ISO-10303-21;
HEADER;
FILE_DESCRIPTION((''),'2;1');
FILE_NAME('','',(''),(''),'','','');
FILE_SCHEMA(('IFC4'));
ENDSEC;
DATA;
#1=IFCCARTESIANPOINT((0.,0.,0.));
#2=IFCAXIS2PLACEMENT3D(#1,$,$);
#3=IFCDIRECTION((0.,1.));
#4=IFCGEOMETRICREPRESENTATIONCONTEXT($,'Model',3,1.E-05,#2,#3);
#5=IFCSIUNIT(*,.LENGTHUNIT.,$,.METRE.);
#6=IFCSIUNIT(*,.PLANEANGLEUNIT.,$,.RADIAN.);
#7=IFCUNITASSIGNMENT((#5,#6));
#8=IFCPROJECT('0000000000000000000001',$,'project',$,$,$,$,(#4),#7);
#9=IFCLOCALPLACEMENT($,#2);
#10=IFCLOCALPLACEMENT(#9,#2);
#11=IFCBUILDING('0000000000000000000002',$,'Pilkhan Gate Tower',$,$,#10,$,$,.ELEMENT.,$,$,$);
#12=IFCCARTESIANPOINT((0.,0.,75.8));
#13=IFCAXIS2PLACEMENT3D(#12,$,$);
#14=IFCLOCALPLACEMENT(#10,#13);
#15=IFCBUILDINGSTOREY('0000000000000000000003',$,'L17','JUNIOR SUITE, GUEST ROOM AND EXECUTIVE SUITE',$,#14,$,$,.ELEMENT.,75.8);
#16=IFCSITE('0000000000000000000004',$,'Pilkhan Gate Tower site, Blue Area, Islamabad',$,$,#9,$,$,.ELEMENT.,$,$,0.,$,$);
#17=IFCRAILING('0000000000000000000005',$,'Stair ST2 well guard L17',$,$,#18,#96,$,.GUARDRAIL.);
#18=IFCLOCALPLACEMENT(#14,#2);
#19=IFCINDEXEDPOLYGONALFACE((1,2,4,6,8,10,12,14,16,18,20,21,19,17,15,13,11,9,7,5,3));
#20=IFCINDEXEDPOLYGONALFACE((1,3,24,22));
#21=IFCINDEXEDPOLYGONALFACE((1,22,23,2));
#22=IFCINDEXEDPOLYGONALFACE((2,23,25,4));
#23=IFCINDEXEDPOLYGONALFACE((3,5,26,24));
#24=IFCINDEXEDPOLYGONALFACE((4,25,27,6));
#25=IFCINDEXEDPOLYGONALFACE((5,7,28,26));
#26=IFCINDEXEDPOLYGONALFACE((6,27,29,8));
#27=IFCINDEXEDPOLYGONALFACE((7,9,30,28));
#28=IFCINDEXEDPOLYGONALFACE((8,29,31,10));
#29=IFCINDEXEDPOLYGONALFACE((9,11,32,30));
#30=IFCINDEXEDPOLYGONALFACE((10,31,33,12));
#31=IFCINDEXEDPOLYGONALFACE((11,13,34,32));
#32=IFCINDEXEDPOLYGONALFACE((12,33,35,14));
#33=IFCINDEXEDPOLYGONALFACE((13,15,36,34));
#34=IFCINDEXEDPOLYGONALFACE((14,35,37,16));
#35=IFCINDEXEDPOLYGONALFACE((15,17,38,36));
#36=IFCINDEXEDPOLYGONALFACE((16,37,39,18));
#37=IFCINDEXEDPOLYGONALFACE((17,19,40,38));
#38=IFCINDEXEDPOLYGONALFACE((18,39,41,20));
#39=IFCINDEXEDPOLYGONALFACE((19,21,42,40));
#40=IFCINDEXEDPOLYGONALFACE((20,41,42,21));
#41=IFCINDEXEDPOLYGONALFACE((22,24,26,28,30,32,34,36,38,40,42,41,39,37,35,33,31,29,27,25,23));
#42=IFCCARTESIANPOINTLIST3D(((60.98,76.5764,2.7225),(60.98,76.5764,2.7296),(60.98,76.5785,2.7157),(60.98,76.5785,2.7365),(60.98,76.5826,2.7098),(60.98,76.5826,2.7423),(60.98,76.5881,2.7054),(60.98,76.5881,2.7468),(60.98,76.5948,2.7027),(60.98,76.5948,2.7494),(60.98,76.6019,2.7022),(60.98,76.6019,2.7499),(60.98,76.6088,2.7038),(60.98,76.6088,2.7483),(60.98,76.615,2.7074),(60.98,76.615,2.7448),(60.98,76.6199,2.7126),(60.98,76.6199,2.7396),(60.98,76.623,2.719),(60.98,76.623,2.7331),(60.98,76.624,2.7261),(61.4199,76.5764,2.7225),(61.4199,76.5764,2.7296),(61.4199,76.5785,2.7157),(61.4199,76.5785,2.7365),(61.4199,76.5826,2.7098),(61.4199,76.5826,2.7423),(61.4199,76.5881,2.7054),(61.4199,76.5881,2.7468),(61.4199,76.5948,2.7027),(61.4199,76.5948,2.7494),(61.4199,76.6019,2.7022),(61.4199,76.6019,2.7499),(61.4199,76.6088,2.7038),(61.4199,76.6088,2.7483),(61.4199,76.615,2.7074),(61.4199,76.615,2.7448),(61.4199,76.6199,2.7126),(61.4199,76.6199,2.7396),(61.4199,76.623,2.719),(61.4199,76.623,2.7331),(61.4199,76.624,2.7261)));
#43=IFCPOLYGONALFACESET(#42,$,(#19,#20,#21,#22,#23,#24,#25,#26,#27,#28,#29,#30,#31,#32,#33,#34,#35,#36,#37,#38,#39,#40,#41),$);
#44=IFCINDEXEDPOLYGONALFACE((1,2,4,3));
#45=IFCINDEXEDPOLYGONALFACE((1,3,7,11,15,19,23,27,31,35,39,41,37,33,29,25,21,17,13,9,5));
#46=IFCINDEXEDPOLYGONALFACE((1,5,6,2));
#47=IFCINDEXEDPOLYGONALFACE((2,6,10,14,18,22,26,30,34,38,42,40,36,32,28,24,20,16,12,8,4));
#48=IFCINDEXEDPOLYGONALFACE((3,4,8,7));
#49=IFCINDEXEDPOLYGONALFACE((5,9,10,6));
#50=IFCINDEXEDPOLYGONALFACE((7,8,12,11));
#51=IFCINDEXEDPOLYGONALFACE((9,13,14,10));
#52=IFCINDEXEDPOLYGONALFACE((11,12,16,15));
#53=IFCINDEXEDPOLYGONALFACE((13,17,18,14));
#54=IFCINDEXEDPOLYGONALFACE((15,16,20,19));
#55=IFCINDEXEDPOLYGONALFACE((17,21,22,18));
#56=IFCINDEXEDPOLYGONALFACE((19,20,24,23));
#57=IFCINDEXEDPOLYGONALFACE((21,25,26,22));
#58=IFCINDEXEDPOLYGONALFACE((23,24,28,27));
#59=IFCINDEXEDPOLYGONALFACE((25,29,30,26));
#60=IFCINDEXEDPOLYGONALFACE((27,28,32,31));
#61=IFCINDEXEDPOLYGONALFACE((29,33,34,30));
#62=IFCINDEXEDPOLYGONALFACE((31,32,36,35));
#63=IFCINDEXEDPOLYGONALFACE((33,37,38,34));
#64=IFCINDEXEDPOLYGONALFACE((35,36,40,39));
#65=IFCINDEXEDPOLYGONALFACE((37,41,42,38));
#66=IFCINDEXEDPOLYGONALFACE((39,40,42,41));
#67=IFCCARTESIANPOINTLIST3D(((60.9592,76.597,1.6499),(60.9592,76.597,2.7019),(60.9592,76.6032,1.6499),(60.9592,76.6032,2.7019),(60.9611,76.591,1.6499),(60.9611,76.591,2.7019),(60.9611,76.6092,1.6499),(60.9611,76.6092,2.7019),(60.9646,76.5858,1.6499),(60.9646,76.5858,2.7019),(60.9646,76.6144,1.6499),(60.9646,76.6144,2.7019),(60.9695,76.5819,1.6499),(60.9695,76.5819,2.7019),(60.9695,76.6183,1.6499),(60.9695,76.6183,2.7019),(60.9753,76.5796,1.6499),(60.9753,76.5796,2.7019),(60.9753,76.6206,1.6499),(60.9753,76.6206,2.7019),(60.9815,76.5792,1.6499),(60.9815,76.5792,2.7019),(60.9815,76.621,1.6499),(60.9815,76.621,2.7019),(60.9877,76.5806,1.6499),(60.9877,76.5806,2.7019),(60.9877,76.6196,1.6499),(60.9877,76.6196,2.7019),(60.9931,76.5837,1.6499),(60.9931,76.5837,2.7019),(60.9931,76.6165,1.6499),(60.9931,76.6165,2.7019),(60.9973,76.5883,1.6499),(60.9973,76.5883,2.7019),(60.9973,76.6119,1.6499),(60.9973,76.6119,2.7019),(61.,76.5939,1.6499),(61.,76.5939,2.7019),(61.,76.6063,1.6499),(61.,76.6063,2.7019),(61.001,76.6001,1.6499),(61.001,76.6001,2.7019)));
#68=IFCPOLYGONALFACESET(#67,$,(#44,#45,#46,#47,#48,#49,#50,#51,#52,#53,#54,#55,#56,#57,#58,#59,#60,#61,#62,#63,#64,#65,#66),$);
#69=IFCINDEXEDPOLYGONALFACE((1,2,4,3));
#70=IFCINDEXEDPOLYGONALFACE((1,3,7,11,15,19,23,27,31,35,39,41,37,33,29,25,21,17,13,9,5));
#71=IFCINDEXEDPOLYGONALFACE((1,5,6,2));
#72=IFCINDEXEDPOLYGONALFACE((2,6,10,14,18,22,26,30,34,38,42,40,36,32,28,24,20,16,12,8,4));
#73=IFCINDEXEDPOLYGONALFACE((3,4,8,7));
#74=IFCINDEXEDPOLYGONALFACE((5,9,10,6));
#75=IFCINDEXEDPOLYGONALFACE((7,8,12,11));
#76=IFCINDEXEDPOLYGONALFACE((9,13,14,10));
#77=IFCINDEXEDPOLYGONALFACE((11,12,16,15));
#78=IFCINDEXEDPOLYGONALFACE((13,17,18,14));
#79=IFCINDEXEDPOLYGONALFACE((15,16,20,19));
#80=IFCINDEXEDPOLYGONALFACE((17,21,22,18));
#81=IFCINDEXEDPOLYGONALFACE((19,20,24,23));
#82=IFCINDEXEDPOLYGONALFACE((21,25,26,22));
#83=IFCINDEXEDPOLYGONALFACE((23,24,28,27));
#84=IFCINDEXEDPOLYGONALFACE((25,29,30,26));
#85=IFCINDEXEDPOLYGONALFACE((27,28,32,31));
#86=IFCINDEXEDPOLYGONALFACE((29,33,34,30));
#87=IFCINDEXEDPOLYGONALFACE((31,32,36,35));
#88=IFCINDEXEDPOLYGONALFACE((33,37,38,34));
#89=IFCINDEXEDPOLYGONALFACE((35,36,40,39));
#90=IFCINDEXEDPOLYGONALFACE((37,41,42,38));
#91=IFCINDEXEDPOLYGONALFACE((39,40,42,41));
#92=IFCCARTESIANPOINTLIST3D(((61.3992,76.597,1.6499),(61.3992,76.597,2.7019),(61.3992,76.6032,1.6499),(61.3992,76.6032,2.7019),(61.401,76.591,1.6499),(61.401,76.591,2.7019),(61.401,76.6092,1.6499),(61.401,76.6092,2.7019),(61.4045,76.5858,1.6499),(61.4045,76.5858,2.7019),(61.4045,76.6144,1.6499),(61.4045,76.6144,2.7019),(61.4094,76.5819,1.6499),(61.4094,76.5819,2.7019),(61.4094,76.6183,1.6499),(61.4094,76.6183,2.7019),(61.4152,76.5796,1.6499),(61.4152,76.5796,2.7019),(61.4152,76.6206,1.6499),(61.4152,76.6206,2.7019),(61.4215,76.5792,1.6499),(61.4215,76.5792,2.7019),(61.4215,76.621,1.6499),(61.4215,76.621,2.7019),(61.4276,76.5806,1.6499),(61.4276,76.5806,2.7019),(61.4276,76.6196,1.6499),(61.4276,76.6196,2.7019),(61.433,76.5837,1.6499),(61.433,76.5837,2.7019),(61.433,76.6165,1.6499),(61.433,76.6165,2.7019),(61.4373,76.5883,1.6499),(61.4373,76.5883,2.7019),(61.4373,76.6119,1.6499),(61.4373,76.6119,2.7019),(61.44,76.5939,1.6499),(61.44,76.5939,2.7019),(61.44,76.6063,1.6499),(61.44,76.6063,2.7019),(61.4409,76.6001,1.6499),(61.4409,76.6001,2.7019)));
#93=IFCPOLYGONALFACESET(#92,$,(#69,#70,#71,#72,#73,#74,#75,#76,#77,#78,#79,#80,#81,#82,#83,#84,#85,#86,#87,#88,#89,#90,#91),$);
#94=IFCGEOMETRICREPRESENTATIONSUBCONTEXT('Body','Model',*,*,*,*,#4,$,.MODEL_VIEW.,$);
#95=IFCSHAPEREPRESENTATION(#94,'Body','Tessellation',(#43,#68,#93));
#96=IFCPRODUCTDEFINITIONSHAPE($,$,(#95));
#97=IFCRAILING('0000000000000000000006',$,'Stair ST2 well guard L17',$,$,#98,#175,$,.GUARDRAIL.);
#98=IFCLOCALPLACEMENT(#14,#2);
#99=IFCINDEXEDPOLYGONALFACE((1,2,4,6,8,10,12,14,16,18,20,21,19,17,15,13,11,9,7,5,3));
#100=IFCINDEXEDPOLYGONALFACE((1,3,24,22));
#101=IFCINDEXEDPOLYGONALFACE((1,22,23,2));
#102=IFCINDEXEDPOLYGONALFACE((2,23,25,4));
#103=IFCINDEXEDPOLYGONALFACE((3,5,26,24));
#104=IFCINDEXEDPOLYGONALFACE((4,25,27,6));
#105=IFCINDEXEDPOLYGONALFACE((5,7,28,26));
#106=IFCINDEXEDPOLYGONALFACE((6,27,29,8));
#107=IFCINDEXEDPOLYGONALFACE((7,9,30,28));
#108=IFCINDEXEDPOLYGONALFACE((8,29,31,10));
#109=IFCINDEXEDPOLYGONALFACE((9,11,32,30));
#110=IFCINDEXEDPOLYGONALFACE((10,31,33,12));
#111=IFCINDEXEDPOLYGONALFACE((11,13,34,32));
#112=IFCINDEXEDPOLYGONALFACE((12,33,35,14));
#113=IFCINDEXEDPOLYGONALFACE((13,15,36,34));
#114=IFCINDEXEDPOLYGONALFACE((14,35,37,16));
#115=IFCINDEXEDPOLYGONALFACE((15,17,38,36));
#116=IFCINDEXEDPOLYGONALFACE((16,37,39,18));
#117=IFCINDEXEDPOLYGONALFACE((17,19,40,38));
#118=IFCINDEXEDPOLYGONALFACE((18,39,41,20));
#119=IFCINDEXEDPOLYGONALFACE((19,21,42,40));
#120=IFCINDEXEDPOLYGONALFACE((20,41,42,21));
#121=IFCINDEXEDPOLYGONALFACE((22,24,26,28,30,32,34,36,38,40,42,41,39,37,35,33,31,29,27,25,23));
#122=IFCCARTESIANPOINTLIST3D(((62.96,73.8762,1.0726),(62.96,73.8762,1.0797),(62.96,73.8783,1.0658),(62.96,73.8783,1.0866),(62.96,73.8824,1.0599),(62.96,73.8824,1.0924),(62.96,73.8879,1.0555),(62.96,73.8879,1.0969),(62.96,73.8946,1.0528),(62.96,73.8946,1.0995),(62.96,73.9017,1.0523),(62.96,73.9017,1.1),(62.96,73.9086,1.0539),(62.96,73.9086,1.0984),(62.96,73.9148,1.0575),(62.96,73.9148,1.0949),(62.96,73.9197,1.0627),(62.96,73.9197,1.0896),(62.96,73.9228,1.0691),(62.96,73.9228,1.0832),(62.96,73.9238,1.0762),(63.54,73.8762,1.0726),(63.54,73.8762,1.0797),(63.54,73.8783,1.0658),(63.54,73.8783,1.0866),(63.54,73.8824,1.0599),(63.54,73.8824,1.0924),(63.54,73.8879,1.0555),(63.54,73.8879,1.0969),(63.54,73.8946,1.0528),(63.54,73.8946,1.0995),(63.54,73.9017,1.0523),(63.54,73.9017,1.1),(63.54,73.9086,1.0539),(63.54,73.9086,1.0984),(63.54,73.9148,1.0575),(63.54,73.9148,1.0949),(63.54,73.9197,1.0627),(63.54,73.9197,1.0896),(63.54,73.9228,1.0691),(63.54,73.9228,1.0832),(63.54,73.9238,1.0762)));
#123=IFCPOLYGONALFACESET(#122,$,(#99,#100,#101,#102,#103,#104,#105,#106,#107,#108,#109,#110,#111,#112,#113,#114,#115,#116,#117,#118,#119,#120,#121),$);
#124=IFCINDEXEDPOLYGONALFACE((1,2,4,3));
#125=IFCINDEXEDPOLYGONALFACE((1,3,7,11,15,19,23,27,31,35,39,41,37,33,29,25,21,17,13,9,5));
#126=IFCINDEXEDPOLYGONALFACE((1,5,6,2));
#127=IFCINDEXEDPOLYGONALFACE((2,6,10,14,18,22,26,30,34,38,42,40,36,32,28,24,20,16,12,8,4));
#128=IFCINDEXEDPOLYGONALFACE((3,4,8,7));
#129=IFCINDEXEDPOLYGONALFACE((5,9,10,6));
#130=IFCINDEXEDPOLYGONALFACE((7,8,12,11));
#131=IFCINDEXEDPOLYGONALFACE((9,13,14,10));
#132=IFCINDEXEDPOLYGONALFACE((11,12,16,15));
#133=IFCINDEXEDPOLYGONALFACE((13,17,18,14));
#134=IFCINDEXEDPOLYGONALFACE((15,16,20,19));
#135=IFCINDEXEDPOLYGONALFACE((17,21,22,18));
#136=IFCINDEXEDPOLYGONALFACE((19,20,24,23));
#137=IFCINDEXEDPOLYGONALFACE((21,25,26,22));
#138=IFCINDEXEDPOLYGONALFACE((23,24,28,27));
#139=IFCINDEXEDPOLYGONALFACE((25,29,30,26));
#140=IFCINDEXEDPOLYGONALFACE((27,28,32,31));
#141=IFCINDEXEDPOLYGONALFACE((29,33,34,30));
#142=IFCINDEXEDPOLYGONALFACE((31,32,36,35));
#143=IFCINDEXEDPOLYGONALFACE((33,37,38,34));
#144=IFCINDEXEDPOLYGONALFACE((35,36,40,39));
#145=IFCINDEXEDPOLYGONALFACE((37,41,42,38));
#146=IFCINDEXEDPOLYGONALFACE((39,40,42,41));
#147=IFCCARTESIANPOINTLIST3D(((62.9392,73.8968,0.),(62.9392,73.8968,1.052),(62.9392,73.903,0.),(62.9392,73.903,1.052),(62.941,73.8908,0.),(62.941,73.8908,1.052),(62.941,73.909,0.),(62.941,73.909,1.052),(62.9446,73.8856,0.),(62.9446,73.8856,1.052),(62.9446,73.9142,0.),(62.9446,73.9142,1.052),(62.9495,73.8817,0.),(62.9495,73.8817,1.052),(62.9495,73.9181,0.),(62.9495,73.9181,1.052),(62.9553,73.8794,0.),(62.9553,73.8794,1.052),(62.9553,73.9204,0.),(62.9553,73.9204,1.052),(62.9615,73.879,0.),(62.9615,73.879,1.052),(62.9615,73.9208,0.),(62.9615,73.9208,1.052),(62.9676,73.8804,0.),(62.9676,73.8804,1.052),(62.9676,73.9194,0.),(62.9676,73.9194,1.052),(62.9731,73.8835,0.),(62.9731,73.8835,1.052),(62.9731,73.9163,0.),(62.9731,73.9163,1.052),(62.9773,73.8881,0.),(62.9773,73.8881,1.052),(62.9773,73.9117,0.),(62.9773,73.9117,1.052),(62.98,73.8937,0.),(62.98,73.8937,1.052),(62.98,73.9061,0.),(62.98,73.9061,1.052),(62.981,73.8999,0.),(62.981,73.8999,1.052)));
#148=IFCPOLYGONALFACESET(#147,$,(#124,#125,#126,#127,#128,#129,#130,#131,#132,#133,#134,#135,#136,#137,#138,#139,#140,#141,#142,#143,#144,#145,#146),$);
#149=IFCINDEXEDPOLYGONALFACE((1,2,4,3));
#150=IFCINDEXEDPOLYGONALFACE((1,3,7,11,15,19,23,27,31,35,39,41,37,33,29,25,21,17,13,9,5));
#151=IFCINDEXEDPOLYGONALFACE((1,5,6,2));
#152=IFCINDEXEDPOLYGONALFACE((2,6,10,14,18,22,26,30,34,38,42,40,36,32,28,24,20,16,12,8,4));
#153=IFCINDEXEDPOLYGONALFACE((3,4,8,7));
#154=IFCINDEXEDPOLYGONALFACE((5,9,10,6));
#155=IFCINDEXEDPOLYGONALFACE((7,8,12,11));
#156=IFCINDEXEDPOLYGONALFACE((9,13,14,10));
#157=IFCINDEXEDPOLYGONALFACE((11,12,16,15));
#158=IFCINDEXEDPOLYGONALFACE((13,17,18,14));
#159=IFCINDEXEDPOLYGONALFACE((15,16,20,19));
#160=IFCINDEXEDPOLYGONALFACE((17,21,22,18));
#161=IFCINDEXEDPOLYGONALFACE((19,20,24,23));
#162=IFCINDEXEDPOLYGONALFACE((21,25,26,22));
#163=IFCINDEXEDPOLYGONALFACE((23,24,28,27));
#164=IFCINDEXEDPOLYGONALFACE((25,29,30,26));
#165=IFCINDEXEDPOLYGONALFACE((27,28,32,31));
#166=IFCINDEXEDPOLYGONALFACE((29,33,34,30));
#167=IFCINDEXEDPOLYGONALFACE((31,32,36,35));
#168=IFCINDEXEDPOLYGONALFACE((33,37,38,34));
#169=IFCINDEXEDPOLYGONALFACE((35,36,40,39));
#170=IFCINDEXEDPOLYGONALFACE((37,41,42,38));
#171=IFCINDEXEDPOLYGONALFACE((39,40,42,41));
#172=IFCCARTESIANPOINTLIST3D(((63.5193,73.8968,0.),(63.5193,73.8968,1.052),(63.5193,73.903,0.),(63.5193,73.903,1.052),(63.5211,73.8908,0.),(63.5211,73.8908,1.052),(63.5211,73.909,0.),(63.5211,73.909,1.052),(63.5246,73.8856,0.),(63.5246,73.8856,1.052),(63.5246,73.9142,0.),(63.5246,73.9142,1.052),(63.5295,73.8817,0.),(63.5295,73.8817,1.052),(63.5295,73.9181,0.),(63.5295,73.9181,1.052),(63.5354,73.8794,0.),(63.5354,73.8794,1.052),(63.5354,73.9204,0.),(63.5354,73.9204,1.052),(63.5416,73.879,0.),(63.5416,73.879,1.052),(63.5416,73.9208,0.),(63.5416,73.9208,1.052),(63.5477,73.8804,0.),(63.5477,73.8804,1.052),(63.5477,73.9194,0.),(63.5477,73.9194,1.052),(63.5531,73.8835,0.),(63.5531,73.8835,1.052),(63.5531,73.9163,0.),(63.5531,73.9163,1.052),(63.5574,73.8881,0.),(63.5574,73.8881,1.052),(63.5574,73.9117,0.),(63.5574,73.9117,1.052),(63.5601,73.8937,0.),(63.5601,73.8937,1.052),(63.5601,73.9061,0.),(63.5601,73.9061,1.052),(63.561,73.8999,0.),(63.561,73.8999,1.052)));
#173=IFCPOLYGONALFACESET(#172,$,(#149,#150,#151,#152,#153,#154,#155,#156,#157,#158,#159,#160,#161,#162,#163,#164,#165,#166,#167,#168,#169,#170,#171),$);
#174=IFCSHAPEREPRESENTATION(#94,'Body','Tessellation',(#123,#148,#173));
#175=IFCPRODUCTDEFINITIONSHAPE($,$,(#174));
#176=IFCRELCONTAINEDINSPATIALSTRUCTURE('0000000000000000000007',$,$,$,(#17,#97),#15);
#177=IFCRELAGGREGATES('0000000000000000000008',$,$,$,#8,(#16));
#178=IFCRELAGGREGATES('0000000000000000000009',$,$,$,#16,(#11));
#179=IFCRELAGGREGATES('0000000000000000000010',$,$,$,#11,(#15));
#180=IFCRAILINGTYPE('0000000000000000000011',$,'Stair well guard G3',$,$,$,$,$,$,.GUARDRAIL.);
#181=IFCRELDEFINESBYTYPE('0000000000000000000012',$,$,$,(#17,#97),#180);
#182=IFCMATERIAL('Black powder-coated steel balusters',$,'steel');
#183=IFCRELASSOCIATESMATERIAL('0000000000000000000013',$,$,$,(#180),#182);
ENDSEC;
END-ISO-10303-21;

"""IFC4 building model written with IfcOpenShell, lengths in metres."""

from ifc_helpers import new_model, si_unit, direction, frame, origin, origin_2d, place, context, subcontext, project, spatial, circle, extrude, material, type_object, element, save


model = new_model("IFC4")

# Units and contexts
model_context = context("Model", 3, precision=1e-05, world=origin(), true_north=direction((0.0, 1.0)))
body_context = subcontext(model_context, "Body", "Model", "MODEL_VIEW")
ifc_project = project(units=[si_unit("LENGTHUNIT", "METRE"), si_unit("PLANEANGLEUNIT", "RADIAN")], contexts=[model_context])

# Site, building, storey
site_placement = place(None, origin())
site = spatial("IfcSite", under=ifc_project, at=site_placement, Name="Pilkhan Gate Tower site, Blue Area, Islamabad", CompositionType="ELEMENT", RefElevation=0.0)
building_placement = place(site_placement, origin())
building = spatial("IfcBuilding", under=site, at=building_placement, Name="Pilkhan Gate Tower", CompositionType="ELEMENT")
storey_placement = place(building_placement, frame((0.0, 0.0, 75.8)))
storey = spatial("IfcBuildingStorey", under=building, at=storey_placement, Name="L17", Description="JUNIOR SUITE, GUEST ROOM AND EXECUTIVE SUITE", CompositionType="ELEMENT", Elevation=75.8)

# Railings
ifc_material_1 = material(Name="Black powder-coated steel balusters", Category="steel")
railing_type_1 = type_object("IfcRailingType", Name="Stair well guard G3", PredefinedType="GUARDRAIL", material=ifc_material_1)
railing_1_placement = place(storey_placement, frame((60.98, 76.6001, 1.6499)))
element("IfcRailing", 1, at=railing_1_placement, inside=storey, type_object=railing_type_1, Name="Stair ST2 well guard L17", PredefinedType="GUARDRAIL", context=body_context, shape_type="SweptSolid", body=[
    extrude(circle(Radius=0.0239, at=origin_2d()), frame((0.0, 0.0, 1.0762), z_axis=(1.0, 0.0, 0.0), x_axis=(0.0, 1.0, 0.0)), (0.0, 0.0, 1.0), 0.4399),
    extrude(circle(Radius=0.021, at=origin_2d()), origin(), (0.0, 0.0, 1.0), 1.052),
    extrude(circle(Radius=0.021, at=origin_2d()), frame((0.4399, 0.0, 0.0)), (0.0, 0.0, 1.0), 1.052),
])
for number, where, name in (
    (2, (62.96, 73.8999, 0.0), "Stair ST2 well guard L17"),
):
    element("IfcRailing", number, at=place(storey_placement, frame(where)), inside=storey, type_object=railing_type_1, Name=name, PredefinedType="GUARDRAIL", context=body_context, shape_type="SweptSolid", body=[
        extrude(circle(Radius=0.0239, at=origin_2d()), frame((0.0, 0.0, 1.0762), z_axis=(1.0, 0.0, 0.0), x_axis=(0.0, 1.0, 0.0)), (0.0, 0.0, 1.0), 0.5801),
        extrude(circle(Radius=0.021, at=origin_2d()), origin(), (0.0, 0.0, 1.0), 1.052),
        extrude(circle(Radius=0.021, at=origin_2d()), frame((0.5801, 0.0, 0.0)), (0.0, 0.0, 1.0), 1.052),
    ])

save(model, "model.ifc")
